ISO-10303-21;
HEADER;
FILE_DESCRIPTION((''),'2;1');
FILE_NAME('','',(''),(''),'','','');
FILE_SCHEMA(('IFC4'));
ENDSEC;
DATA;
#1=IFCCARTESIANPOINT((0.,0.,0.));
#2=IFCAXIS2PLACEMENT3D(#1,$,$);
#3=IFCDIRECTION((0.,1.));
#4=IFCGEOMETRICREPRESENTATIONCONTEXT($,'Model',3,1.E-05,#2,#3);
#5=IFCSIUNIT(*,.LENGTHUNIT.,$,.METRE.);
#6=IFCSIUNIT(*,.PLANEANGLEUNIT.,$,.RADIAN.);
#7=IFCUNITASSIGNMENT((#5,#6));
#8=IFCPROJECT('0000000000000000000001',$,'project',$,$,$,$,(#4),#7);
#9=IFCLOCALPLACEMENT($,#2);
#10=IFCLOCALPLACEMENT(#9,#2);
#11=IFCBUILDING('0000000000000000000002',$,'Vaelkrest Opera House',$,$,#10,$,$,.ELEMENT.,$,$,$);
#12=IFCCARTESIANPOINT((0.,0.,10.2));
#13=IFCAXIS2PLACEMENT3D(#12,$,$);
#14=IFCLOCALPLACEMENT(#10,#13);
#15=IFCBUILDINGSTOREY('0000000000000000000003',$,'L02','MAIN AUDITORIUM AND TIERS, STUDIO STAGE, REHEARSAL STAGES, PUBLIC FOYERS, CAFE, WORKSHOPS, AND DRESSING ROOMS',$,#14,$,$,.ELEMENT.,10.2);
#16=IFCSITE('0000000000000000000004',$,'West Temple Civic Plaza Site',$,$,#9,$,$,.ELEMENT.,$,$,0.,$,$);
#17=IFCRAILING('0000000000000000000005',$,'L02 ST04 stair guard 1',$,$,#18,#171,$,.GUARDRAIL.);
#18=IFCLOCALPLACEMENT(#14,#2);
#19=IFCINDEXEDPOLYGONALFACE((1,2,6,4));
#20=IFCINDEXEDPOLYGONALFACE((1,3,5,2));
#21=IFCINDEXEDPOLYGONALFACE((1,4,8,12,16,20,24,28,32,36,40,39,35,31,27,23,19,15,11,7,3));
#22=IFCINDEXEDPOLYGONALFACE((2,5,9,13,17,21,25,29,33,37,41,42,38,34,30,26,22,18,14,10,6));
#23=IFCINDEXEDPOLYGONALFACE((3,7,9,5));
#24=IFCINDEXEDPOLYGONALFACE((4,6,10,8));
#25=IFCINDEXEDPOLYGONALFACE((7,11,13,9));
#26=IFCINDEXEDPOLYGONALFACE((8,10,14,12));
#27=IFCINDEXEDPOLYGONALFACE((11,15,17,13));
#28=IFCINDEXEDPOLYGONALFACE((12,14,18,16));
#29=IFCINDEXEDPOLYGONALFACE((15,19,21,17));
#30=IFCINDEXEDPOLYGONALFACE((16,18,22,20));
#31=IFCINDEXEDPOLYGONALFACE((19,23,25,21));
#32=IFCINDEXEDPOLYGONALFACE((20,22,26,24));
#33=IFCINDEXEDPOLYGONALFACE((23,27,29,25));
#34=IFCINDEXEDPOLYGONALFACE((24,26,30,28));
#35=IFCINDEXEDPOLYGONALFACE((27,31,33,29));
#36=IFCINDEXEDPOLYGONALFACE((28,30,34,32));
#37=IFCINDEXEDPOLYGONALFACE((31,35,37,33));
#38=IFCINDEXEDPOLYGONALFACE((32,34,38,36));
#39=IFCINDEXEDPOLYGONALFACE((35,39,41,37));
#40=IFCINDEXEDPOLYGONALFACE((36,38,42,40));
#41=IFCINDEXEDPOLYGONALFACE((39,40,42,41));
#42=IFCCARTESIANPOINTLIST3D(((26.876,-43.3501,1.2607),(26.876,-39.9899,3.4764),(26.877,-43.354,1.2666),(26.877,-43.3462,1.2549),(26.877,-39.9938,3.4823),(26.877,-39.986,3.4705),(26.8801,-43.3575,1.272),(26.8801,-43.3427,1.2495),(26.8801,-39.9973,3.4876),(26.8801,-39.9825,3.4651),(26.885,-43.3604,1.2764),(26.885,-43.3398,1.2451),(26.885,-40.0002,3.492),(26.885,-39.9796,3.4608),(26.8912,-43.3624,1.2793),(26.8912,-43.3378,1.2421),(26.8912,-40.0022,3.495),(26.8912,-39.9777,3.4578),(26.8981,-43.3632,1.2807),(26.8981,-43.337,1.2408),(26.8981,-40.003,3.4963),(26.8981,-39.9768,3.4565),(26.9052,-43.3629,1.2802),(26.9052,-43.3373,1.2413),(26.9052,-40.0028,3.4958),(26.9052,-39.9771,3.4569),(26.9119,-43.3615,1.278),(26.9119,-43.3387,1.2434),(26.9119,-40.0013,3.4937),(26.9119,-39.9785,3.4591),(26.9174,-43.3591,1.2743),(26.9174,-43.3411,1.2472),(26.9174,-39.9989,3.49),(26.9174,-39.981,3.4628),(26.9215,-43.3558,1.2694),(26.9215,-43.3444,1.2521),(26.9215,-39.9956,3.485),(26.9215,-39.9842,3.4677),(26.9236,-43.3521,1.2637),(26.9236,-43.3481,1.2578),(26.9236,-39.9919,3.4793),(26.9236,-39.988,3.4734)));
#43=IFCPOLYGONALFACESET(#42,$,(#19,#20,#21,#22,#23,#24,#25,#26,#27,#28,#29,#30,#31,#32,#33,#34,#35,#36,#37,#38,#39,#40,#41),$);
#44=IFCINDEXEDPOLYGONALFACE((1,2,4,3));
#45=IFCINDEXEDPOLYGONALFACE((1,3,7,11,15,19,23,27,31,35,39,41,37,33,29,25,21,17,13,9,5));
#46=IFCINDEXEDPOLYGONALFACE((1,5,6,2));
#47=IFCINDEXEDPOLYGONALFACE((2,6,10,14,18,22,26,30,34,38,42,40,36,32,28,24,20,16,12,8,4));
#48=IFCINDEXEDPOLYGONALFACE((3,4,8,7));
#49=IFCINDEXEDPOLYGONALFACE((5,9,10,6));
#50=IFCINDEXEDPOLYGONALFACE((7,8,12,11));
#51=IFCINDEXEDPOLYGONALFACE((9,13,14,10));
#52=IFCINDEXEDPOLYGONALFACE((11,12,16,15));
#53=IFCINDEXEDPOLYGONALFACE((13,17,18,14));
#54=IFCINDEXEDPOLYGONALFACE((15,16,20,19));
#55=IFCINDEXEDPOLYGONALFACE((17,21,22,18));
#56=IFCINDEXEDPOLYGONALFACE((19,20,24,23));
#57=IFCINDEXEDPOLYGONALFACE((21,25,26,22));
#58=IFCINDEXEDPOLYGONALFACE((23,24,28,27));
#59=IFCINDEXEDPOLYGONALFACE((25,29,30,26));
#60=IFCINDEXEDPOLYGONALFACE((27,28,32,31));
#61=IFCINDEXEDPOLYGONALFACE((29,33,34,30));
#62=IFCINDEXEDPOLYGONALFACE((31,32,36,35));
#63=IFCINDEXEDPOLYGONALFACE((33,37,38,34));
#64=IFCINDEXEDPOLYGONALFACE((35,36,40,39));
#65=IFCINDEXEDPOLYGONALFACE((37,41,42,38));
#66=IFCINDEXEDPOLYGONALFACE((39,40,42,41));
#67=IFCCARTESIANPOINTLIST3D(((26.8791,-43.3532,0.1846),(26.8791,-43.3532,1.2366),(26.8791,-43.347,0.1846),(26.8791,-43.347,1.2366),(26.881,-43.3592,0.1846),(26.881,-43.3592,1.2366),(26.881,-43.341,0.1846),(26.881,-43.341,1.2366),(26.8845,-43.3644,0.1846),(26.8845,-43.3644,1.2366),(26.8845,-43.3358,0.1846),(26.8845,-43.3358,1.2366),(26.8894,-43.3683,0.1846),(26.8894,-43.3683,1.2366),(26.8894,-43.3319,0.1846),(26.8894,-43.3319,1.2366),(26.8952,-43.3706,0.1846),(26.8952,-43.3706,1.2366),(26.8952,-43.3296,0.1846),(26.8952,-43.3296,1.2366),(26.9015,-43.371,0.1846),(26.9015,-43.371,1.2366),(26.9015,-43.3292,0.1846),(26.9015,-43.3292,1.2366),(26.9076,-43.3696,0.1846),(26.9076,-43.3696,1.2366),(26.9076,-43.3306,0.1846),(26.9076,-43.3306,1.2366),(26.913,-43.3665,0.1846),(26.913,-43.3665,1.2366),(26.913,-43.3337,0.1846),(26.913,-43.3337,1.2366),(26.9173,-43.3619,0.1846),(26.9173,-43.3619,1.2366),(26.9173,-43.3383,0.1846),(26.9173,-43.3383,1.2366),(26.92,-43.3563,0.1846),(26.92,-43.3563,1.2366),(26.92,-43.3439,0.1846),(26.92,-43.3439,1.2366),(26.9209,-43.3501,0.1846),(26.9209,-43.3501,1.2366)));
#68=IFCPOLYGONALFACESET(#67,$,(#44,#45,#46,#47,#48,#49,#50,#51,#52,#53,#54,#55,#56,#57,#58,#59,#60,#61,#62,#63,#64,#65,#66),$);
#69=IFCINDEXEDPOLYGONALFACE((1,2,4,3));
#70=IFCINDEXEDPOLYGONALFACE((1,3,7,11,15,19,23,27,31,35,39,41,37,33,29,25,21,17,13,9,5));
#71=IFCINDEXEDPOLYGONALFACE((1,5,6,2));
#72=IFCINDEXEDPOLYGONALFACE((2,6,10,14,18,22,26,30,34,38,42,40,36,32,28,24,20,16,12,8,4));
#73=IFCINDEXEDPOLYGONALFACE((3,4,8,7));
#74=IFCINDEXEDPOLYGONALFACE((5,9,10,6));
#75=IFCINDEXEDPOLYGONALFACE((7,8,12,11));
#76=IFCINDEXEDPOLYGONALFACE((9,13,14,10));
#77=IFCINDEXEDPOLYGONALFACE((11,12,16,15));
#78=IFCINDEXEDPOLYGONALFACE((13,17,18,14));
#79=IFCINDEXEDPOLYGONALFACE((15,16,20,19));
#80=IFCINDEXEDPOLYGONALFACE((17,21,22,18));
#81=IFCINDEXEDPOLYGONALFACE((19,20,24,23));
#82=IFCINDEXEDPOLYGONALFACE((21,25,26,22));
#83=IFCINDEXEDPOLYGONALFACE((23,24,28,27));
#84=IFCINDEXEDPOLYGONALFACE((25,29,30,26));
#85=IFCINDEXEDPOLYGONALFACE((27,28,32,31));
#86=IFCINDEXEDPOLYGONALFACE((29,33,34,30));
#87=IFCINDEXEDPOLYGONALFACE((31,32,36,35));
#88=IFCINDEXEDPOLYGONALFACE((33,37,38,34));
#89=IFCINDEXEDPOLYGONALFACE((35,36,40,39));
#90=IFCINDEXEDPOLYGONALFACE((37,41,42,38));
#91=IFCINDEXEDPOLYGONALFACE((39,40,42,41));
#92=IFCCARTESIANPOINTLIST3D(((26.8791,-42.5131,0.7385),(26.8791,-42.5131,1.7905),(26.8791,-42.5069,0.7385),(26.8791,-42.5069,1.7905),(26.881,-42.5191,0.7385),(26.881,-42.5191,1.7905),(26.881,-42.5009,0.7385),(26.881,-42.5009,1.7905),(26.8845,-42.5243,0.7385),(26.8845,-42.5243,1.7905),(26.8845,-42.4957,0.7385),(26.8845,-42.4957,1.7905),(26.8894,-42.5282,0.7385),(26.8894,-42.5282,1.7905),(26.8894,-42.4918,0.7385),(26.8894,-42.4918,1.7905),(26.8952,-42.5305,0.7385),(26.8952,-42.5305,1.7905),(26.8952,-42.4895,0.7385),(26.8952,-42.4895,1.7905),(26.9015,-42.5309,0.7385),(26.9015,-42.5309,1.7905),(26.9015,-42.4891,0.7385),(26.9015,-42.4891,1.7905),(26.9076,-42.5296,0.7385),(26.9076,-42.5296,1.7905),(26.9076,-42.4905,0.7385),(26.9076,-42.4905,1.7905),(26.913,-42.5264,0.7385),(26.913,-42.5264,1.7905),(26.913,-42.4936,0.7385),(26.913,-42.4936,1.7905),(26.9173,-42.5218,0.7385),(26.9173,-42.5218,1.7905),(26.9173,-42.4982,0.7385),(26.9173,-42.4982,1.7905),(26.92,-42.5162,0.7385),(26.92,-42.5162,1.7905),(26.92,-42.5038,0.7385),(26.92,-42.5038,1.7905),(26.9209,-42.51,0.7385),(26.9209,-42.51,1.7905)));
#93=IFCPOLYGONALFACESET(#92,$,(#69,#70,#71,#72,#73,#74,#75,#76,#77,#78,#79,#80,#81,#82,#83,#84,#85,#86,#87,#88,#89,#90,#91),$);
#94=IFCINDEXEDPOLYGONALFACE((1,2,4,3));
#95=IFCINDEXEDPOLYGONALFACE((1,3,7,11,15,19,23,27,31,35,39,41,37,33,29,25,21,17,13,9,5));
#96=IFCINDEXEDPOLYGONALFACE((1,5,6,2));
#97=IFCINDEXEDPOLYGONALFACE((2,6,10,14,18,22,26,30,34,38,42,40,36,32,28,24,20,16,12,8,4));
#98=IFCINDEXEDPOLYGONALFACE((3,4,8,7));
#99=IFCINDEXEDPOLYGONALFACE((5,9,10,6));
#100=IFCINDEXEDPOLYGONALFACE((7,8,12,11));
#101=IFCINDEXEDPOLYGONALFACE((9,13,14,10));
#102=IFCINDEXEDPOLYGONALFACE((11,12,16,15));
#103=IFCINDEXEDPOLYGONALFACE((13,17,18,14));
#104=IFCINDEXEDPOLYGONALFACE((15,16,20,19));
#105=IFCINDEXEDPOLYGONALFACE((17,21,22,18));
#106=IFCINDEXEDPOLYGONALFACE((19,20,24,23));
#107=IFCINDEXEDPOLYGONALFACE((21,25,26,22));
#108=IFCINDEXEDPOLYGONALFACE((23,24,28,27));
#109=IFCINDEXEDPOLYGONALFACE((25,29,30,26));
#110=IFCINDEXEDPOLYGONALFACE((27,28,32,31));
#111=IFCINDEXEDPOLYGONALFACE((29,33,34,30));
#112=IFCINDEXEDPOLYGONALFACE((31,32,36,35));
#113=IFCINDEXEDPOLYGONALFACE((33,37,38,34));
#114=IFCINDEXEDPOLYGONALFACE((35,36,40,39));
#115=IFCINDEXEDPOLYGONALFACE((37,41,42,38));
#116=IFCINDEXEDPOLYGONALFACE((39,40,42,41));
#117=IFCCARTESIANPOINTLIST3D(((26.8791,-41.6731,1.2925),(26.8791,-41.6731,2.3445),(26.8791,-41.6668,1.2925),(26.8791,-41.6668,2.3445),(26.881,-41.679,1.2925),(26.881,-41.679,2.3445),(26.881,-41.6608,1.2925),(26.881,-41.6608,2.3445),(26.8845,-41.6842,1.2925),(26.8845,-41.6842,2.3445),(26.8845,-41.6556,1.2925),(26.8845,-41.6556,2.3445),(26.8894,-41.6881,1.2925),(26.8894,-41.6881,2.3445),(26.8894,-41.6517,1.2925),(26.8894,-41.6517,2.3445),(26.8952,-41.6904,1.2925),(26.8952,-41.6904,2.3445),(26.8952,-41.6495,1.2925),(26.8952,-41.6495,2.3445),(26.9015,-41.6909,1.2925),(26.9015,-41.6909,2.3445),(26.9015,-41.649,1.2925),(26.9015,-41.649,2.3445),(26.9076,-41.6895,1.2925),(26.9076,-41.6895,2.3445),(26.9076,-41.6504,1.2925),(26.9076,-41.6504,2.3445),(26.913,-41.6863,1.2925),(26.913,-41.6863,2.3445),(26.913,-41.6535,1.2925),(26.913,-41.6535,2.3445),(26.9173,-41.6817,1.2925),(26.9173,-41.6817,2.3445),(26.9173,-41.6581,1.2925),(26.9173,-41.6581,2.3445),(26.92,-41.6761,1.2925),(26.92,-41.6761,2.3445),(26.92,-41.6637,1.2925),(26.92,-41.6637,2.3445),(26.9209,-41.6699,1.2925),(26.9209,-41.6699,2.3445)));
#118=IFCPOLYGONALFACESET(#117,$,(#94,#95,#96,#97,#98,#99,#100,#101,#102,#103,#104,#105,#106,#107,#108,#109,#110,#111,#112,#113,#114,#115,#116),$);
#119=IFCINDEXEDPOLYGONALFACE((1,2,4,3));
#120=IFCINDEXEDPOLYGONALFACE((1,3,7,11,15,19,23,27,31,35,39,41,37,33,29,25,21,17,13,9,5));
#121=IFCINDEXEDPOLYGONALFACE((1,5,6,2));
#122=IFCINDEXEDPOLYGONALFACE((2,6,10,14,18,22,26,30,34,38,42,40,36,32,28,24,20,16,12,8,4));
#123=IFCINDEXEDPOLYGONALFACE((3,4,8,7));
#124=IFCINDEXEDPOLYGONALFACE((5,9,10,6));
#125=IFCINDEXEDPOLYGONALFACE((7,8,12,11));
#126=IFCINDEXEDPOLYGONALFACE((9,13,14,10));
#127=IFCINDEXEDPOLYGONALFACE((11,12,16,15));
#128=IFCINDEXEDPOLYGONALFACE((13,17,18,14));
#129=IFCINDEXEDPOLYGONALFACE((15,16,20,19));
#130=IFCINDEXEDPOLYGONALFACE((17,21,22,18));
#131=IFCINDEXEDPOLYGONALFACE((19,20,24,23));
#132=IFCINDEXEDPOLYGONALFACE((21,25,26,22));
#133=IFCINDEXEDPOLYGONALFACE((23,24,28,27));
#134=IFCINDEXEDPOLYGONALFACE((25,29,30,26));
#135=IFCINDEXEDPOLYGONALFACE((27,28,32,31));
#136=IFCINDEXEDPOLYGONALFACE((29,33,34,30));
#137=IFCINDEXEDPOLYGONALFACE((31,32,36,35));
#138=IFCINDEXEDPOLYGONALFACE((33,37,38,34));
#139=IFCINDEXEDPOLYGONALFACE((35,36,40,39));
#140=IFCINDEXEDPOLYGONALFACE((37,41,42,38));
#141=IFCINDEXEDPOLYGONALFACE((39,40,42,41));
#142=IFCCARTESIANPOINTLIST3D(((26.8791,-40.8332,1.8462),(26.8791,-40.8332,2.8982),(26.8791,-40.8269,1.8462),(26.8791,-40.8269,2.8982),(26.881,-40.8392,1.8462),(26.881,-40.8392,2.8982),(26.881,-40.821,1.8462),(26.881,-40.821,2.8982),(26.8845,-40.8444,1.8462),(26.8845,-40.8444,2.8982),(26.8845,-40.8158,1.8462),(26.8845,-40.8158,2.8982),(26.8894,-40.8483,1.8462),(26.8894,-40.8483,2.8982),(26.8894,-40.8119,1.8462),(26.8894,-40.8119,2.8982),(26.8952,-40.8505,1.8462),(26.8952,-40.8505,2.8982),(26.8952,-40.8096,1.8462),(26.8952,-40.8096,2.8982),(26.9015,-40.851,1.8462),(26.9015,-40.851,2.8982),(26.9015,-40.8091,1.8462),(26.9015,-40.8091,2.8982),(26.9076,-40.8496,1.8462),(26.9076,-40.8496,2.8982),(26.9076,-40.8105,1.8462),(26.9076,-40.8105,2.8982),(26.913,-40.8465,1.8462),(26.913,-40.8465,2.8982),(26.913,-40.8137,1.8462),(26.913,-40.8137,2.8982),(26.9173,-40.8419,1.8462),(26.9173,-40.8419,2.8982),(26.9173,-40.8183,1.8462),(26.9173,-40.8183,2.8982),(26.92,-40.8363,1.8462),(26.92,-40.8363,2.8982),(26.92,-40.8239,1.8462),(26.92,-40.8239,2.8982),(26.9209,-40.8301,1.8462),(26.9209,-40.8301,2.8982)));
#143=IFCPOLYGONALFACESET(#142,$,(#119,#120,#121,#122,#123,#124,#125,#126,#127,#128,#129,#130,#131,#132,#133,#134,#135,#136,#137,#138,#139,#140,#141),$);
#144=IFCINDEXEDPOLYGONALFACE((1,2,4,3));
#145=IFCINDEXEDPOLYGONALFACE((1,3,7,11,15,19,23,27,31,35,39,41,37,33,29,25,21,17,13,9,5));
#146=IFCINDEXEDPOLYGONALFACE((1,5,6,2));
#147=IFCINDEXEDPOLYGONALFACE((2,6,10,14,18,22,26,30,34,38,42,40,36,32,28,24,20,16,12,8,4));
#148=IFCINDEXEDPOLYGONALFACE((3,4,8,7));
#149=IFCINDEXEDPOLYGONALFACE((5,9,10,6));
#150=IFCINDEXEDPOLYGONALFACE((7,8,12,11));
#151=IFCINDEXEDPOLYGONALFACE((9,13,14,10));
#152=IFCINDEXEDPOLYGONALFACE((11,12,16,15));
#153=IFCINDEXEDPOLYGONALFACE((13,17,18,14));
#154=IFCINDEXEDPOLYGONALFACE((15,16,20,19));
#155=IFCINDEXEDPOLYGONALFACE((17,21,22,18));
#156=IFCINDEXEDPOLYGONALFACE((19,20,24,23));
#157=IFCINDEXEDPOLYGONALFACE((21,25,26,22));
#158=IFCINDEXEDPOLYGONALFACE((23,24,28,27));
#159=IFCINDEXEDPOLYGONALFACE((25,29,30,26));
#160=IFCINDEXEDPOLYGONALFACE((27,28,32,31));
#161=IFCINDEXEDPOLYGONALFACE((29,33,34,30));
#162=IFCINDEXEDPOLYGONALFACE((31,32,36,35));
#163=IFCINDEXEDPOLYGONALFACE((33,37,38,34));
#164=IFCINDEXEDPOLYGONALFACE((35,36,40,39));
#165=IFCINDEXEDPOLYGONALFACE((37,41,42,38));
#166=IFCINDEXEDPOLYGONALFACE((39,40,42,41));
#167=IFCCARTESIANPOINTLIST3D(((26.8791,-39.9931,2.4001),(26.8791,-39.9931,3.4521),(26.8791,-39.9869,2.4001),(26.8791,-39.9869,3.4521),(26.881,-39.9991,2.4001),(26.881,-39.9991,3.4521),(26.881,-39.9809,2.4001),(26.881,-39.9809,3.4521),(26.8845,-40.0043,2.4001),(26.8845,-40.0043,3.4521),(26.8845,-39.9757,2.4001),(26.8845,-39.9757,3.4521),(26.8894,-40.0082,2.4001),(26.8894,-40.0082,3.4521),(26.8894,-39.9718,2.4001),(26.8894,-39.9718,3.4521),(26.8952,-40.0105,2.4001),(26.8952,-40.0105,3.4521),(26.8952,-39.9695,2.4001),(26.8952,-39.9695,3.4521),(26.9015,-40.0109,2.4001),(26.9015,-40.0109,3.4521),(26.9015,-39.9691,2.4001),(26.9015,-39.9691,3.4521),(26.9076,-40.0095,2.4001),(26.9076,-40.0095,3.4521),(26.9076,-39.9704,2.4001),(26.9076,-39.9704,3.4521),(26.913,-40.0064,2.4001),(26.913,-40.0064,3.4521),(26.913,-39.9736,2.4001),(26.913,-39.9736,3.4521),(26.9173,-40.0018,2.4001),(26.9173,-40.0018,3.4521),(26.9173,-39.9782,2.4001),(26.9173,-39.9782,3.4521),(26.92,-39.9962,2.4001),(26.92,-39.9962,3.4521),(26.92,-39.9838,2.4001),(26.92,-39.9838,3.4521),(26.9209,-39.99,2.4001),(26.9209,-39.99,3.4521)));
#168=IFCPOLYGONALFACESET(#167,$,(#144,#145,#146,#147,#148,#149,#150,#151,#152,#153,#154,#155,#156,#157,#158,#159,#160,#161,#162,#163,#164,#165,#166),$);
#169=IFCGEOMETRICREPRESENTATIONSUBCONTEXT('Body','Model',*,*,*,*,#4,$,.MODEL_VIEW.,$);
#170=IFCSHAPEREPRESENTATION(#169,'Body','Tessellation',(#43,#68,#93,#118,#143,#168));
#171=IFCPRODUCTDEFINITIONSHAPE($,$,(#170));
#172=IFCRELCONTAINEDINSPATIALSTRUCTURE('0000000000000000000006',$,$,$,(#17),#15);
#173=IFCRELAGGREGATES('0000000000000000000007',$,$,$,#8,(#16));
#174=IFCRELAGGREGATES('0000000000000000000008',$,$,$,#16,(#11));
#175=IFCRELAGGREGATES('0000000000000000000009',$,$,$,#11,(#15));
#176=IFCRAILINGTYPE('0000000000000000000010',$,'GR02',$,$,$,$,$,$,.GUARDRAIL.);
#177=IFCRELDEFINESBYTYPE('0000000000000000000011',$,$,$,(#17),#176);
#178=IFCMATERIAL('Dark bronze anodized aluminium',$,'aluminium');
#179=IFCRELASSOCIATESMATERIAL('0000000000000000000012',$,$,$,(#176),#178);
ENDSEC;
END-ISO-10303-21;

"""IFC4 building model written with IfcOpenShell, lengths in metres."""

from ifc_helpers import new_model, si_unit, direction, frame, origin, origin_2d, place, context, subcontext, project, spatial, circle, extrude, material, type_object, element, save


model = new_model("IFC4")

# Units and contexts
model_context = context("Model", 3, precision=1e-05, world=origin(), true_north=direction((0.0, 1.0)))
body_context = subcontext(model_context, "Body", "Model", "MODEL_VIEW")
ifc_project = project(units=[si_unit("LENGTHUNIT", "METRE"), si_unit("PLANEANGLEUNIT", "RADIAN")], contexts=[model_context])

# Site, building, storey
site_placement = place(None, origin())
site = spatial("IfcSite", under=ifc_project, at=site_placement, Name="West Temple Civic Plaza Site", CompositionType="ELEMENT", RefElevation=0.0)
building_placement = place(site_placement, origin())
building = spatial("IfcBuilding", under=site, at=building_placement, Name="Vaelkrest Opera House", CompositionType="ELEMENT")
storey_placement = place(building_placement, frame((0.0, 0.0, 10.2)))
storey = spatial("IfcBuildingStorey", under=building, at=storey_placement, Name="L02", Description="MAIN AUDITORIUM AND TIERS, STUDIO STAGE, REHEARSAL STAGES, PUBLIC FOYERS, CAFE, WORKSHOPS, AND DRESSING ROOMS", CompositionType="ELEMENT", Elevation=10.2)

# Shared definitions
ifc_material_1 = material(Name="Dark bronze anodized aluminium", Category="aluminium")

# Railing
railing_type = type_object("IfcRailingType", Name="GR02", PredefinedType="GUARDRAIL", material=ifc_material_1)
railing_1_placement = place(storey_placement, frame((26.8999, -43.3501, 0.1846)))
element("IfcRailing", 1, at=railing_1_placement, inside=storey, type_object=railing_type, Name="L02 ST04 stair guard 1", PredefinedType="GUARDRAIL", context=body_context, shape_type="SweptSolid", body=[
    extrude(circle(Radius=0.0239, at=origin_2d()), frame((0.0, 0.0, 1.0762), z_axis=(0.0, 0.834849, 0.55048), x_axis=(-1.0, 0.0, 0.0)), (0.0, 0.0, 1.0), 4.0249),
    extrude(circle(Radius=0.021, at=origin_2d()), origin(), (0.0, 0.0, 1.0), 1.052),
    extrude(circle(Radius=0.021, at=origin_2d()), frame((0.0, 0.8401, 0.554)), (0.0, 0.0, 1.0), 1.052),
    extrude(circle(Radius=0.021, at=origin_2d()), frame((0.0, 1.6802, 1.1079)), (0.0, 0.0, 1.0), 1.052),
    extrude(circle(Radius=0.021, at=origin_2d()), frame((0.0, 2.52, 1.6616)), (0.0, 0.0, 1.0), 1.052),
    extrude(circle(Radius=0.021, at=origin_2d()), frame((0.0, 3.3601, 2.2156)), (0.0, 0.0, 1.0), 1.052),
])

save(model, "model.ifc")
